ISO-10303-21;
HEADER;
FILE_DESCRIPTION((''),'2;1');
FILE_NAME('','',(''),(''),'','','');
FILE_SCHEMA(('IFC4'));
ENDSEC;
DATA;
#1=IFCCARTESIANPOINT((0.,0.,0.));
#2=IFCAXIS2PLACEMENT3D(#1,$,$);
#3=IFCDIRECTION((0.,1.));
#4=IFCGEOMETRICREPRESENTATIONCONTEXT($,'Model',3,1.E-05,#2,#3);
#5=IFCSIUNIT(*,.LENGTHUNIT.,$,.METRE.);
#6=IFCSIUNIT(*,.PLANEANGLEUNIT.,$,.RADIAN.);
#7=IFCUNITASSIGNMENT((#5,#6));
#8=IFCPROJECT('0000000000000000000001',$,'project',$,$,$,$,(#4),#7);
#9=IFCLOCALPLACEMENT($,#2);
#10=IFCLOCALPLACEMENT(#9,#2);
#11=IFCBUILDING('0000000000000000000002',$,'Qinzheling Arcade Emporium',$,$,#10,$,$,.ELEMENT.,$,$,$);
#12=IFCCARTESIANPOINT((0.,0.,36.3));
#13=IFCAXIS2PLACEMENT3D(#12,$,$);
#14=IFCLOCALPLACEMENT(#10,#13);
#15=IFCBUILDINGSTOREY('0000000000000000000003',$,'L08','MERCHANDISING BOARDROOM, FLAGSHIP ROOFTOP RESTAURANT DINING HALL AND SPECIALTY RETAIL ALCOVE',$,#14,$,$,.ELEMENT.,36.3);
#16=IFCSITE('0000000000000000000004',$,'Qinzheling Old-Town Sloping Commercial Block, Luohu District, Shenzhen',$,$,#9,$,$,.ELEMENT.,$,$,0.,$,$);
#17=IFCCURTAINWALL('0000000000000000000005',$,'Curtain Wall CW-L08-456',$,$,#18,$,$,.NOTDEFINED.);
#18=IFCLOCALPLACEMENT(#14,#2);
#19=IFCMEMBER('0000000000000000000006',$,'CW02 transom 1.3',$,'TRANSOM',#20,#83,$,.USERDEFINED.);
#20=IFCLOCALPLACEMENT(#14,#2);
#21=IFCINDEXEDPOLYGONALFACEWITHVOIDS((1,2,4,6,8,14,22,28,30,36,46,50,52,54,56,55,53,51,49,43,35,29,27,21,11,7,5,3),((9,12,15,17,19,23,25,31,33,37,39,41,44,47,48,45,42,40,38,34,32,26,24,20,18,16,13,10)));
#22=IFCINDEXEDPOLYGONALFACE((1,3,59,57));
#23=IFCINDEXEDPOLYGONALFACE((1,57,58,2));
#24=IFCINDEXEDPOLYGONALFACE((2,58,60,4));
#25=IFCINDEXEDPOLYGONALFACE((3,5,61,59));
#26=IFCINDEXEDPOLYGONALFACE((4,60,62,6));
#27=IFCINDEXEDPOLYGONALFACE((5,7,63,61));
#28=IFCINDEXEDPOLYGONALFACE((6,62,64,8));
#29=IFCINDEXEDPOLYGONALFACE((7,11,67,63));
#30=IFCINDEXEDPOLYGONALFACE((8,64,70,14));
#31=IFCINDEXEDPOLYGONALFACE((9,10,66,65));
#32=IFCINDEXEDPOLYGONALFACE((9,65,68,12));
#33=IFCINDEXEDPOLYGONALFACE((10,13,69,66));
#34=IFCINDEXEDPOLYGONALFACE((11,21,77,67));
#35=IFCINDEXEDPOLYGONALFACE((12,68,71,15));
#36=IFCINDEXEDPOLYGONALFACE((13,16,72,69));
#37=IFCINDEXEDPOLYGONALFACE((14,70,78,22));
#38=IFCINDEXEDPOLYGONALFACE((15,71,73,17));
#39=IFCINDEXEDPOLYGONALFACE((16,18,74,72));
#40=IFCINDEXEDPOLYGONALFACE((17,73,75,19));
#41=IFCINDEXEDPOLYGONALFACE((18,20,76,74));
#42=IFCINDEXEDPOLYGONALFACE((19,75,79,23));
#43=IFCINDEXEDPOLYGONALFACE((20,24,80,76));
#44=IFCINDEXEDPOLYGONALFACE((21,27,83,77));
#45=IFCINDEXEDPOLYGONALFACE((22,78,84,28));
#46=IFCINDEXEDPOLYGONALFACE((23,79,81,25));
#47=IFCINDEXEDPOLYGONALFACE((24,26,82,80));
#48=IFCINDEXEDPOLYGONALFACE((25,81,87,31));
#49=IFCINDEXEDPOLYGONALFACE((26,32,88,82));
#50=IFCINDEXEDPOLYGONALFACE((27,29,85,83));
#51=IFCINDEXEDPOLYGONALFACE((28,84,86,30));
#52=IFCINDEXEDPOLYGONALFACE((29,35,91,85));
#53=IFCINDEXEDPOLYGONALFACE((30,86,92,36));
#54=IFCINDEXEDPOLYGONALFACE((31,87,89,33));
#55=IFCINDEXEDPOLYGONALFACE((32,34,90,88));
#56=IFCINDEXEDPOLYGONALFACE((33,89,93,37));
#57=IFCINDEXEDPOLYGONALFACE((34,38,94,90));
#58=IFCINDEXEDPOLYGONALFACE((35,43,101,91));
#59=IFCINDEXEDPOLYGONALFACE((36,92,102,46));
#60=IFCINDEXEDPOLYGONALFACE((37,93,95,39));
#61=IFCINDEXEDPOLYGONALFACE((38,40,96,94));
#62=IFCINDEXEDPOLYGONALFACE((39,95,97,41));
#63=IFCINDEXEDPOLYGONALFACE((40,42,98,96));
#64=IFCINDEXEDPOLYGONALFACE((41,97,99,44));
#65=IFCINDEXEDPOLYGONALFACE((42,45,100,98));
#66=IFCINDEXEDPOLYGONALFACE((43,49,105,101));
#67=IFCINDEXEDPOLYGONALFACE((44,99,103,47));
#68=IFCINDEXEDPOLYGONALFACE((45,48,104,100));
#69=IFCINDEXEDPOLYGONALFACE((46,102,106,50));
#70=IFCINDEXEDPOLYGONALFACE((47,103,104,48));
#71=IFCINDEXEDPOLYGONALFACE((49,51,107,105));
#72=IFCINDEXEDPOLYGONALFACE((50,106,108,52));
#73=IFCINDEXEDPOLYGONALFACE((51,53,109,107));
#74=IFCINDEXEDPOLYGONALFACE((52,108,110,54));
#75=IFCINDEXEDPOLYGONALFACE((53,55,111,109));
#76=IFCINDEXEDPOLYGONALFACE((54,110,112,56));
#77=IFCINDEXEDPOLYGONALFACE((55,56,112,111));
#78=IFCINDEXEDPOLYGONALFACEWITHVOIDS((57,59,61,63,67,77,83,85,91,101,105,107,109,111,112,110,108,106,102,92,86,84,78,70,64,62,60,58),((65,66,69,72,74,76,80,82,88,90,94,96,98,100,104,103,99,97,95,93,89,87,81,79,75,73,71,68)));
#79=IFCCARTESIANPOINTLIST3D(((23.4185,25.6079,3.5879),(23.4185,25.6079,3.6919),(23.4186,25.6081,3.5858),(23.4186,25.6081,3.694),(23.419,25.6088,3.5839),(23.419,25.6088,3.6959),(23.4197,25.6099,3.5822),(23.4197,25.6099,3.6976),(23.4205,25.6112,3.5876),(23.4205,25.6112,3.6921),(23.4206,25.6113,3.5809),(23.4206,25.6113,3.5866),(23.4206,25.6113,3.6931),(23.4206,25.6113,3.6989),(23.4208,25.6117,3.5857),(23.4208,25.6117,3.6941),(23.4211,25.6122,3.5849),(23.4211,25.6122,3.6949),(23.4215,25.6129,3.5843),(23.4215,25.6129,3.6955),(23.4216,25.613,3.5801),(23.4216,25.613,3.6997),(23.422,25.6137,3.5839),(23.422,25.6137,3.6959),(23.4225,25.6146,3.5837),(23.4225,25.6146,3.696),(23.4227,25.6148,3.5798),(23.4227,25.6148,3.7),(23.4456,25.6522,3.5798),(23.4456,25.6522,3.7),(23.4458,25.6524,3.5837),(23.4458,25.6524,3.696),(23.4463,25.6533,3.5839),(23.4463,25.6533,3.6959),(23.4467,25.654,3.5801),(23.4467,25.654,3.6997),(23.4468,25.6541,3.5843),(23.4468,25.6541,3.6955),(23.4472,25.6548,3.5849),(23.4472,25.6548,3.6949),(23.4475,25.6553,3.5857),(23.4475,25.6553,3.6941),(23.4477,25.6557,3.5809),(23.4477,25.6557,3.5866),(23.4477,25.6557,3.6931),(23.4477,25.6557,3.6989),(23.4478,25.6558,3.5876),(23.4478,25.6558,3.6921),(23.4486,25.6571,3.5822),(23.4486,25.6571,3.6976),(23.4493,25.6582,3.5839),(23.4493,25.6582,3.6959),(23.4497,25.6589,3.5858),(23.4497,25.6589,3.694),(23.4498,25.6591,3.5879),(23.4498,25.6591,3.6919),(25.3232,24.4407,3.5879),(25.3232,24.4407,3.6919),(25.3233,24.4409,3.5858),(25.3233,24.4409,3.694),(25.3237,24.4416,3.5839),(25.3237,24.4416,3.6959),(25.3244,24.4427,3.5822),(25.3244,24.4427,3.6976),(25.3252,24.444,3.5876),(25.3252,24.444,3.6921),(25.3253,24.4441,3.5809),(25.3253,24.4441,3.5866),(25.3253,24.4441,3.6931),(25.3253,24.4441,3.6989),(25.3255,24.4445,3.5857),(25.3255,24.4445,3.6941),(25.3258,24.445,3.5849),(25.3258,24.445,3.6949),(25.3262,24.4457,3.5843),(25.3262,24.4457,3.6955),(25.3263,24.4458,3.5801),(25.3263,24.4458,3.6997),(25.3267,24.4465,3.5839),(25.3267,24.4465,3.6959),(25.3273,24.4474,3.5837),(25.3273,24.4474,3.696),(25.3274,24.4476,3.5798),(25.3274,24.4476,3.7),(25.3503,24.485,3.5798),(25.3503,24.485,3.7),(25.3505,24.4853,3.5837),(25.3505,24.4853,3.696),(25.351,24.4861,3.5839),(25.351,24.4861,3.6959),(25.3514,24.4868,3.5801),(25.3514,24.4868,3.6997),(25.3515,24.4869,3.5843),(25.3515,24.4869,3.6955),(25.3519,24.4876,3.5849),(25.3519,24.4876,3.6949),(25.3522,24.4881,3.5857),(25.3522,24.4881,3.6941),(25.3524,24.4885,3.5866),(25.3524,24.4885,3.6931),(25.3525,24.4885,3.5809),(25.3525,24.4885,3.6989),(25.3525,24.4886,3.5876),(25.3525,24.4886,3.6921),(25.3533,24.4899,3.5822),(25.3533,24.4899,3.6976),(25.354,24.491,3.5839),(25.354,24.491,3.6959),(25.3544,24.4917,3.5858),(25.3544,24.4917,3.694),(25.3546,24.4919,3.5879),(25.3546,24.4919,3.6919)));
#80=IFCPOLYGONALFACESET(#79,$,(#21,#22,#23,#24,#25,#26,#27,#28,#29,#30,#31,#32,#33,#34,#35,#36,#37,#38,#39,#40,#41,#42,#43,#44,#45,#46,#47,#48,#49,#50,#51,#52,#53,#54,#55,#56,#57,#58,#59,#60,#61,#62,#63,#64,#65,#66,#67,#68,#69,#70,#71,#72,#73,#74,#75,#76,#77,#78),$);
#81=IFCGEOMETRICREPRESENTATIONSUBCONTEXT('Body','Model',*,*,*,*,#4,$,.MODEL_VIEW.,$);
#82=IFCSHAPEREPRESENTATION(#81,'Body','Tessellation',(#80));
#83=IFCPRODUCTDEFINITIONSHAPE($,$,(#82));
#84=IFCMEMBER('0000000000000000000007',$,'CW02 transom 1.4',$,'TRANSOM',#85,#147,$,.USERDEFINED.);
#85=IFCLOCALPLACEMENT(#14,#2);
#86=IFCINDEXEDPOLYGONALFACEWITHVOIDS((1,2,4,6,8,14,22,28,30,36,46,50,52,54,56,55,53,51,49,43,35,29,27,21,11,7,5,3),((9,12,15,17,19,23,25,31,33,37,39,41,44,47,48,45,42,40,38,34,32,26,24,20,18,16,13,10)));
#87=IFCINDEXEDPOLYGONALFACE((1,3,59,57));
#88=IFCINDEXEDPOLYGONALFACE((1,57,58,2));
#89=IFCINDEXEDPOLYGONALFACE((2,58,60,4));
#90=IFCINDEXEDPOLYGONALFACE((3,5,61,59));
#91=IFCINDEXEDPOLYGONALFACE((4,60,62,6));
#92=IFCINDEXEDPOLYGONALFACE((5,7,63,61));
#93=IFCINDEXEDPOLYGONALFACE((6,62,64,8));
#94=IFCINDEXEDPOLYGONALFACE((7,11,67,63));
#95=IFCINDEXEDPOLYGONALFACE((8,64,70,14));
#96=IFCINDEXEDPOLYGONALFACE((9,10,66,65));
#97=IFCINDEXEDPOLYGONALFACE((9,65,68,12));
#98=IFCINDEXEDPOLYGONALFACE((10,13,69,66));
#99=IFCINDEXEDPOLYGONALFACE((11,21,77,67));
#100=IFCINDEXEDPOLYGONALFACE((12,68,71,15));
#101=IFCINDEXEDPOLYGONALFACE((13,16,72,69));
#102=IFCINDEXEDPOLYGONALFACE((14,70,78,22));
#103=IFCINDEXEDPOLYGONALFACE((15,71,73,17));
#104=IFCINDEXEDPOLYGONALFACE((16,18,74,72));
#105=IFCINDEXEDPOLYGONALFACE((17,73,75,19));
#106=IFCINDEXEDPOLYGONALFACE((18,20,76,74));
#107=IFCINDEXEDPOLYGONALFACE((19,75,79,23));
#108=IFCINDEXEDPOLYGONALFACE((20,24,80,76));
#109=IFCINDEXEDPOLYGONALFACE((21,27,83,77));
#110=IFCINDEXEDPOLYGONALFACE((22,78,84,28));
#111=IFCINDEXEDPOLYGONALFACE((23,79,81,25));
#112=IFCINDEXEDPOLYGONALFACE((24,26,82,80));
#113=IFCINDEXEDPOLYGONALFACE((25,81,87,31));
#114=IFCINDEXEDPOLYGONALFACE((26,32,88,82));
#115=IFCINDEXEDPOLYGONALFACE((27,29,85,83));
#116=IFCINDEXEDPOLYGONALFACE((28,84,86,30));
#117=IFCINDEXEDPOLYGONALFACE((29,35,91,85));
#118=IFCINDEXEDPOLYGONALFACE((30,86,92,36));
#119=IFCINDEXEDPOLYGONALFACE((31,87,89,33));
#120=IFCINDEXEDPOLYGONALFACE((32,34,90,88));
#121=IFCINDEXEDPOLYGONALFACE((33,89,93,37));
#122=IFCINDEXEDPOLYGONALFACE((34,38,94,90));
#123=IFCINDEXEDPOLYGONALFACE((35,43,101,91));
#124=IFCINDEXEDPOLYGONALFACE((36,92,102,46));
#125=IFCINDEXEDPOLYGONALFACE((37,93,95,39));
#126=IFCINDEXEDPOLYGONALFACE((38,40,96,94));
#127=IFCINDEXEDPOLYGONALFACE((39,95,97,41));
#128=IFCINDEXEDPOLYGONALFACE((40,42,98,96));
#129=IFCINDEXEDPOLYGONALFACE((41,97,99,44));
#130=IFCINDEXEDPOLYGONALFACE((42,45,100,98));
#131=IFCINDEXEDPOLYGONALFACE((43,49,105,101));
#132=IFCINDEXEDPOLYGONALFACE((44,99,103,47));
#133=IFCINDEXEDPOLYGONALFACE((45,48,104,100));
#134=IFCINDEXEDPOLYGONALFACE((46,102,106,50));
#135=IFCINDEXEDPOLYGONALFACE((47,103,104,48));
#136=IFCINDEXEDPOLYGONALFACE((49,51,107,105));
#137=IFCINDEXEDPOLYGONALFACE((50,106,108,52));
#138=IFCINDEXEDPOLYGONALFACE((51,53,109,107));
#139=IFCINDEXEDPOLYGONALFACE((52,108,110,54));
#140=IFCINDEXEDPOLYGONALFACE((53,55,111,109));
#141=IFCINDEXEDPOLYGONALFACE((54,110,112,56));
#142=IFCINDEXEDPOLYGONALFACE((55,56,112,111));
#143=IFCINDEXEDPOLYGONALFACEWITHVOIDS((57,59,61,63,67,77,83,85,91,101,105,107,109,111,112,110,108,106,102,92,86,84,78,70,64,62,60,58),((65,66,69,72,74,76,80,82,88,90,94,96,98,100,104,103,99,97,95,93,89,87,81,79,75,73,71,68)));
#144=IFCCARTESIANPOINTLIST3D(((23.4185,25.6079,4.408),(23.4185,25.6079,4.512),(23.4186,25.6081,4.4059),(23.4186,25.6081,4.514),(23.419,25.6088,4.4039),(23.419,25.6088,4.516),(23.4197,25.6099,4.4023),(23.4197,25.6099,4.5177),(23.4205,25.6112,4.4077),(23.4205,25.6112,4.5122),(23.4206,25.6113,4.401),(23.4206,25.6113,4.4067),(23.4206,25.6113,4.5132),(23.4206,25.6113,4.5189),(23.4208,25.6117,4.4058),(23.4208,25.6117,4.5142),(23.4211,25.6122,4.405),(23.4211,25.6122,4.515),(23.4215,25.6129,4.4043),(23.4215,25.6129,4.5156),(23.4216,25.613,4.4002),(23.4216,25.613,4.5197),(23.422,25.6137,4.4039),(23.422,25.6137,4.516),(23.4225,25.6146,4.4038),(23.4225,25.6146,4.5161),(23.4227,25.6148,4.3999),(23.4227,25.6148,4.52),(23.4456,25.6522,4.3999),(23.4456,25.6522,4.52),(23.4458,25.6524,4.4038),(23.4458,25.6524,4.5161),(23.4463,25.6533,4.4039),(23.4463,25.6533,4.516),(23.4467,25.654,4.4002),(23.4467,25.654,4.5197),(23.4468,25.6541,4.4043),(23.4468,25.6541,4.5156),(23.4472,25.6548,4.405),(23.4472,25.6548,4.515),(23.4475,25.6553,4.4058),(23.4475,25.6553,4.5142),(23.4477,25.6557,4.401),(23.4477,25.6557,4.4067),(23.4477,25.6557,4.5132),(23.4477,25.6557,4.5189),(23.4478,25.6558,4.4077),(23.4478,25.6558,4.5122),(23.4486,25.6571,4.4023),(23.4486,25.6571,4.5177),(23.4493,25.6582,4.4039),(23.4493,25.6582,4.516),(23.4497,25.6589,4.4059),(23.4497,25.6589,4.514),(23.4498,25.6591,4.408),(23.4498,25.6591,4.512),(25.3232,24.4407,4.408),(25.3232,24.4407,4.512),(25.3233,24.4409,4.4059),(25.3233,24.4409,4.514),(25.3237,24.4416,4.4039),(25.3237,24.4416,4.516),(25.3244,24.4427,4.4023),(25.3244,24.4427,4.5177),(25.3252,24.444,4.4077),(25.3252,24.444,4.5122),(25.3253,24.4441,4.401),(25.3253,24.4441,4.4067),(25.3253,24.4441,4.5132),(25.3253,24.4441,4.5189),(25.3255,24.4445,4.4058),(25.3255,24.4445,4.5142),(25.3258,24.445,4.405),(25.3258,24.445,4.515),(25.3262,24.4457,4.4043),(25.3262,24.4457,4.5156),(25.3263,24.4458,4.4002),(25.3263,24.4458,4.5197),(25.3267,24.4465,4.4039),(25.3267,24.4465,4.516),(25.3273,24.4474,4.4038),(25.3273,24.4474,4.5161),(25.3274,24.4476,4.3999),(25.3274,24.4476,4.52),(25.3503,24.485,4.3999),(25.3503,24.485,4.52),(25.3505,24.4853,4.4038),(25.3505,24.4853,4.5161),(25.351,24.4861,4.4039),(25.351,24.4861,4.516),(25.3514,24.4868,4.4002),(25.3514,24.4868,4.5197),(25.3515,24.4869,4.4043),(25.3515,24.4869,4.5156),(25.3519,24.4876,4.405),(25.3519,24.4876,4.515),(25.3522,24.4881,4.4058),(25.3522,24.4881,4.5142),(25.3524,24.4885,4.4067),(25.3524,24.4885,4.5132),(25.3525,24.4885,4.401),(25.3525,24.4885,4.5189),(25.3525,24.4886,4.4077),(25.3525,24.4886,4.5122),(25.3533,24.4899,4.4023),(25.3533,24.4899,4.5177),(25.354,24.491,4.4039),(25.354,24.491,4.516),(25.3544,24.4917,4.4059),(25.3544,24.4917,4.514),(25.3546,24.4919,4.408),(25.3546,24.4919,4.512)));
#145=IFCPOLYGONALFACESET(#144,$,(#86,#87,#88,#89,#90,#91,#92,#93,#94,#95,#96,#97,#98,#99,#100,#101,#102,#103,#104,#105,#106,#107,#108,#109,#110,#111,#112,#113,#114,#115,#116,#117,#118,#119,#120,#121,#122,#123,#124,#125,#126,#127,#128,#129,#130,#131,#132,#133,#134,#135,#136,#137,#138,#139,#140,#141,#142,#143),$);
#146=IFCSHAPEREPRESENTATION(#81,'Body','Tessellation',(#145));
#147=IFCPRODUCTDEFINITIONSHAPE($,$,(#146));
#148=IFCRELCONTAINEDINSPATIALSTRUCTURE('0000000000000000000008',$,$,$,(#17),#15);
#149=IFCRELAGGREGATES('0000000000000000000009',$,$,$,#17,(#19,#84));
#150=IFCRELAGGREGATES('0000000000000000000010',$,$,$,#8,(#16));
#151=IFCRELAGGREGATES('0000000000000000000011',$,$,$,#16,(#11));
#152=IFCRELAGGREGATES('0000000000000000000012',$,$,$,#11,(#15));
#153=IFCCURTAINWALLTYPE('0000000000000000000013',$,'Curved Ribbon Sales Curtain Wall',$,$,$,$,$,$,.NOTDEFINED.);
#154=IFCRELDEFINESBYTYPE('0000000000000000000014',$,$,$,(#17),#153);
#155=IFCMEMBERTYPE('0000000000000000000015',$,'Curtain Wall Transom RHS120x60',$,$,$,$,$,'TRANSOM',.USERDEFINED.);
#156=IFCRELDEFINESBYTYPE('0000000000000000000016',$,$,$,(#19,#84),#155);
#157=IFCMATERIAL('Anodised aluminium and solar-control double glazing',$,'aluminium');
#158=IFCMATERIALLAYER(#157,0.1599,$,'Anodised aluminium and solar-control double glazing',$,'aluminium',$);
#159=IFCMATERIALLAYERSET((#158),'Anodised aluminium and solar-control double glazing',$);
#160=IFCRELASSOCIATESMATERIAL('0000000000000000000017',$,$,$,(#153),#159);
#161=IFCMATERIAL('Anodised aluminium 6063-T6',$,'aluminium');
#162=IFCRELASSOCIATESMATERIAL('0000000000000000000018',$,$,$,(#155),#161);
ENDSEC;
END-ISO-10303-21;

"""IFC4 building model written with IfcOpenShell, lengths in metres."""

from ifc_helpers import new_model, si_unit, direction, frame, origin, origin_2d, place, context, subcontext, project, spatial, hollow_rectangle, extrude, material, layer, layer_set, material_profile, profile_set, type_object, element, aggregate, save


model = new_model("IFC4")

# Units and contexts
model_context = context("Model", 3, precision=1e-05, world=origin(), true_north=direction((0.0, 1.0)))
body_context = subcontext(model_context, "Body", "Model", "MODEL_VIEW")
ifc_project = project(units=[si_unit("LENGTHUNIT", "METRE"), si_unit("PLANEANGLEUNIT", "RADIAN")], contexts=[model_context])

# Site, building, storey
site_placement = place(None, origin())
site = spatial("IfcSite", under=ifc_project, at=site_placement, Name="Qinzheling Old-Town Sloping Commercial Block, Luohu District, Shenzhen", CompositionType="ELEMENT", RefElevation=0.0)
building_placement = place(site_placement, origin())
building = spatial("IfcBuilding", under=site, at=building_placement, Name="Qinzheling Arcade Emporium", CompositionType="ELEMENT")
storey_placement = place(building_placement, frame((0.0, 0.0, 36.3)))
storey = spatial("IfcBuildingStorey", under=building, at=storey_placement, Name="L08", Description="MERCHANDISING BOARDROOM, FLAGSHIP ROOFTOP RESTAURANT DINING HALL AND SPECIALTY RETAIL ALCOVE", CompositionType="ELEMENT", Elevation=36.3)

# Shared definitions
ifc_material_1 = material(Name="Anodised aluminium and solar-control double glazing", Category="aluminium")
ifc_layer_1 = layer(ifc_material_1, 0.1599, Name="Anodised aluminium and solar-control double glazing", Category="aluminium")
ifc_layer_set_1 = layer_set([ifc_layer_1], Name="Anodised aluminium and solar-control double glazing")
curtain_wall_type = type_object("IfcCurtainWallType", Name="Curved Ribbon Sales Curtain Wall", PredefinedType="NOTDEFINED", material=ifc_layer_set_1)
ifc_material_2 = material(Name="Anodised aluminium 6063-T6", Category="aluminium")

# Curtain wall
curtain_wall_1_placement = place(storey_placement, origin())
curtain_wall_1 = element("IfcCurtainWall", 1, at=curtain_wall_1_placement, inside=storey, type_object=curtain_wall_type, Name="Curtain Wall CW-L08-456", PredefinedType="NOTDEFINED")

# Members
ifc_material_profile_1 = material_profile(ifc_material_2, hollow_rectangle(XDim=0.0601, YDim=0.1201, WallThickness=0.0039, InnerFilletRadius=0.0039, OuterFilletRadius=0.0081, at=origin_2d()), Name="RHS 120x60x4", Category="aluminium")
ifc_profile_set_1 = profile_set([ifc_material_profile_1], Name="Anodised aluminium 6063-T6")
member_type_1 = type_object("IfcMemberType", Name="Curtain Wall Transom RHS120x60", ElementType="TRANSOM", PredefinedType="USERDEFINED", material=ifc_profile_set_1)
member_1_placement = place(storey_placement, frame((25.3389, 24.4663, 3.6399), z_axis=(-0.852644, 0.522493, 0.0), x_axis=(-0.522493, -0.852644, 0.0)))
member_1 = element("IfcMember", 2, at=member_1_placement, type_object=member_type_1, Name="CW02 transom 1.3", ObjectType="TRANSOM", PredefinedType="USERDEFINED", context=body_context, shape_type="SweptSolid", body=[
    extrude(hollow_rectangle(XDim=0.0601, YDim=0.1201, WallThickness=0.0039, InnerFilletRadius=0.0039, OuterFilletRadius=0.0081, at=origin_2d()), origin(), (0.0, 0.0, 1.0), 2.2339),
])
member_2_placement = place(storey_placement, frame((25.3389, 24.4663, 4.46), z_axis=(-0.852644, 0.522493, 0.0), x_axis=(-0.522493, -0.852644, 0.0)))
member_2 = element("IfcMember", 3, at=member_2_placement, type_object=member_type_1, Name="CW02 transom 1.4", ObjectType="TRANSOM", PredefinedType="USERDEFINED", context=body_context, shape_type="SweptSolid", body=[
    extrude(hollow_rectangle(XDim=0.0601, YDim=0.1201, WallThickness=0.0039, InnerFilletRadius=0.0039, OuterFilletRadius=0.0081, at=origin_2d()), origin(), (0.0, 0.0, 1.0), 2.2339),
])

aggregate(curtain_wall_1, [member_1, member_2])

save(model, "model.ifc")
